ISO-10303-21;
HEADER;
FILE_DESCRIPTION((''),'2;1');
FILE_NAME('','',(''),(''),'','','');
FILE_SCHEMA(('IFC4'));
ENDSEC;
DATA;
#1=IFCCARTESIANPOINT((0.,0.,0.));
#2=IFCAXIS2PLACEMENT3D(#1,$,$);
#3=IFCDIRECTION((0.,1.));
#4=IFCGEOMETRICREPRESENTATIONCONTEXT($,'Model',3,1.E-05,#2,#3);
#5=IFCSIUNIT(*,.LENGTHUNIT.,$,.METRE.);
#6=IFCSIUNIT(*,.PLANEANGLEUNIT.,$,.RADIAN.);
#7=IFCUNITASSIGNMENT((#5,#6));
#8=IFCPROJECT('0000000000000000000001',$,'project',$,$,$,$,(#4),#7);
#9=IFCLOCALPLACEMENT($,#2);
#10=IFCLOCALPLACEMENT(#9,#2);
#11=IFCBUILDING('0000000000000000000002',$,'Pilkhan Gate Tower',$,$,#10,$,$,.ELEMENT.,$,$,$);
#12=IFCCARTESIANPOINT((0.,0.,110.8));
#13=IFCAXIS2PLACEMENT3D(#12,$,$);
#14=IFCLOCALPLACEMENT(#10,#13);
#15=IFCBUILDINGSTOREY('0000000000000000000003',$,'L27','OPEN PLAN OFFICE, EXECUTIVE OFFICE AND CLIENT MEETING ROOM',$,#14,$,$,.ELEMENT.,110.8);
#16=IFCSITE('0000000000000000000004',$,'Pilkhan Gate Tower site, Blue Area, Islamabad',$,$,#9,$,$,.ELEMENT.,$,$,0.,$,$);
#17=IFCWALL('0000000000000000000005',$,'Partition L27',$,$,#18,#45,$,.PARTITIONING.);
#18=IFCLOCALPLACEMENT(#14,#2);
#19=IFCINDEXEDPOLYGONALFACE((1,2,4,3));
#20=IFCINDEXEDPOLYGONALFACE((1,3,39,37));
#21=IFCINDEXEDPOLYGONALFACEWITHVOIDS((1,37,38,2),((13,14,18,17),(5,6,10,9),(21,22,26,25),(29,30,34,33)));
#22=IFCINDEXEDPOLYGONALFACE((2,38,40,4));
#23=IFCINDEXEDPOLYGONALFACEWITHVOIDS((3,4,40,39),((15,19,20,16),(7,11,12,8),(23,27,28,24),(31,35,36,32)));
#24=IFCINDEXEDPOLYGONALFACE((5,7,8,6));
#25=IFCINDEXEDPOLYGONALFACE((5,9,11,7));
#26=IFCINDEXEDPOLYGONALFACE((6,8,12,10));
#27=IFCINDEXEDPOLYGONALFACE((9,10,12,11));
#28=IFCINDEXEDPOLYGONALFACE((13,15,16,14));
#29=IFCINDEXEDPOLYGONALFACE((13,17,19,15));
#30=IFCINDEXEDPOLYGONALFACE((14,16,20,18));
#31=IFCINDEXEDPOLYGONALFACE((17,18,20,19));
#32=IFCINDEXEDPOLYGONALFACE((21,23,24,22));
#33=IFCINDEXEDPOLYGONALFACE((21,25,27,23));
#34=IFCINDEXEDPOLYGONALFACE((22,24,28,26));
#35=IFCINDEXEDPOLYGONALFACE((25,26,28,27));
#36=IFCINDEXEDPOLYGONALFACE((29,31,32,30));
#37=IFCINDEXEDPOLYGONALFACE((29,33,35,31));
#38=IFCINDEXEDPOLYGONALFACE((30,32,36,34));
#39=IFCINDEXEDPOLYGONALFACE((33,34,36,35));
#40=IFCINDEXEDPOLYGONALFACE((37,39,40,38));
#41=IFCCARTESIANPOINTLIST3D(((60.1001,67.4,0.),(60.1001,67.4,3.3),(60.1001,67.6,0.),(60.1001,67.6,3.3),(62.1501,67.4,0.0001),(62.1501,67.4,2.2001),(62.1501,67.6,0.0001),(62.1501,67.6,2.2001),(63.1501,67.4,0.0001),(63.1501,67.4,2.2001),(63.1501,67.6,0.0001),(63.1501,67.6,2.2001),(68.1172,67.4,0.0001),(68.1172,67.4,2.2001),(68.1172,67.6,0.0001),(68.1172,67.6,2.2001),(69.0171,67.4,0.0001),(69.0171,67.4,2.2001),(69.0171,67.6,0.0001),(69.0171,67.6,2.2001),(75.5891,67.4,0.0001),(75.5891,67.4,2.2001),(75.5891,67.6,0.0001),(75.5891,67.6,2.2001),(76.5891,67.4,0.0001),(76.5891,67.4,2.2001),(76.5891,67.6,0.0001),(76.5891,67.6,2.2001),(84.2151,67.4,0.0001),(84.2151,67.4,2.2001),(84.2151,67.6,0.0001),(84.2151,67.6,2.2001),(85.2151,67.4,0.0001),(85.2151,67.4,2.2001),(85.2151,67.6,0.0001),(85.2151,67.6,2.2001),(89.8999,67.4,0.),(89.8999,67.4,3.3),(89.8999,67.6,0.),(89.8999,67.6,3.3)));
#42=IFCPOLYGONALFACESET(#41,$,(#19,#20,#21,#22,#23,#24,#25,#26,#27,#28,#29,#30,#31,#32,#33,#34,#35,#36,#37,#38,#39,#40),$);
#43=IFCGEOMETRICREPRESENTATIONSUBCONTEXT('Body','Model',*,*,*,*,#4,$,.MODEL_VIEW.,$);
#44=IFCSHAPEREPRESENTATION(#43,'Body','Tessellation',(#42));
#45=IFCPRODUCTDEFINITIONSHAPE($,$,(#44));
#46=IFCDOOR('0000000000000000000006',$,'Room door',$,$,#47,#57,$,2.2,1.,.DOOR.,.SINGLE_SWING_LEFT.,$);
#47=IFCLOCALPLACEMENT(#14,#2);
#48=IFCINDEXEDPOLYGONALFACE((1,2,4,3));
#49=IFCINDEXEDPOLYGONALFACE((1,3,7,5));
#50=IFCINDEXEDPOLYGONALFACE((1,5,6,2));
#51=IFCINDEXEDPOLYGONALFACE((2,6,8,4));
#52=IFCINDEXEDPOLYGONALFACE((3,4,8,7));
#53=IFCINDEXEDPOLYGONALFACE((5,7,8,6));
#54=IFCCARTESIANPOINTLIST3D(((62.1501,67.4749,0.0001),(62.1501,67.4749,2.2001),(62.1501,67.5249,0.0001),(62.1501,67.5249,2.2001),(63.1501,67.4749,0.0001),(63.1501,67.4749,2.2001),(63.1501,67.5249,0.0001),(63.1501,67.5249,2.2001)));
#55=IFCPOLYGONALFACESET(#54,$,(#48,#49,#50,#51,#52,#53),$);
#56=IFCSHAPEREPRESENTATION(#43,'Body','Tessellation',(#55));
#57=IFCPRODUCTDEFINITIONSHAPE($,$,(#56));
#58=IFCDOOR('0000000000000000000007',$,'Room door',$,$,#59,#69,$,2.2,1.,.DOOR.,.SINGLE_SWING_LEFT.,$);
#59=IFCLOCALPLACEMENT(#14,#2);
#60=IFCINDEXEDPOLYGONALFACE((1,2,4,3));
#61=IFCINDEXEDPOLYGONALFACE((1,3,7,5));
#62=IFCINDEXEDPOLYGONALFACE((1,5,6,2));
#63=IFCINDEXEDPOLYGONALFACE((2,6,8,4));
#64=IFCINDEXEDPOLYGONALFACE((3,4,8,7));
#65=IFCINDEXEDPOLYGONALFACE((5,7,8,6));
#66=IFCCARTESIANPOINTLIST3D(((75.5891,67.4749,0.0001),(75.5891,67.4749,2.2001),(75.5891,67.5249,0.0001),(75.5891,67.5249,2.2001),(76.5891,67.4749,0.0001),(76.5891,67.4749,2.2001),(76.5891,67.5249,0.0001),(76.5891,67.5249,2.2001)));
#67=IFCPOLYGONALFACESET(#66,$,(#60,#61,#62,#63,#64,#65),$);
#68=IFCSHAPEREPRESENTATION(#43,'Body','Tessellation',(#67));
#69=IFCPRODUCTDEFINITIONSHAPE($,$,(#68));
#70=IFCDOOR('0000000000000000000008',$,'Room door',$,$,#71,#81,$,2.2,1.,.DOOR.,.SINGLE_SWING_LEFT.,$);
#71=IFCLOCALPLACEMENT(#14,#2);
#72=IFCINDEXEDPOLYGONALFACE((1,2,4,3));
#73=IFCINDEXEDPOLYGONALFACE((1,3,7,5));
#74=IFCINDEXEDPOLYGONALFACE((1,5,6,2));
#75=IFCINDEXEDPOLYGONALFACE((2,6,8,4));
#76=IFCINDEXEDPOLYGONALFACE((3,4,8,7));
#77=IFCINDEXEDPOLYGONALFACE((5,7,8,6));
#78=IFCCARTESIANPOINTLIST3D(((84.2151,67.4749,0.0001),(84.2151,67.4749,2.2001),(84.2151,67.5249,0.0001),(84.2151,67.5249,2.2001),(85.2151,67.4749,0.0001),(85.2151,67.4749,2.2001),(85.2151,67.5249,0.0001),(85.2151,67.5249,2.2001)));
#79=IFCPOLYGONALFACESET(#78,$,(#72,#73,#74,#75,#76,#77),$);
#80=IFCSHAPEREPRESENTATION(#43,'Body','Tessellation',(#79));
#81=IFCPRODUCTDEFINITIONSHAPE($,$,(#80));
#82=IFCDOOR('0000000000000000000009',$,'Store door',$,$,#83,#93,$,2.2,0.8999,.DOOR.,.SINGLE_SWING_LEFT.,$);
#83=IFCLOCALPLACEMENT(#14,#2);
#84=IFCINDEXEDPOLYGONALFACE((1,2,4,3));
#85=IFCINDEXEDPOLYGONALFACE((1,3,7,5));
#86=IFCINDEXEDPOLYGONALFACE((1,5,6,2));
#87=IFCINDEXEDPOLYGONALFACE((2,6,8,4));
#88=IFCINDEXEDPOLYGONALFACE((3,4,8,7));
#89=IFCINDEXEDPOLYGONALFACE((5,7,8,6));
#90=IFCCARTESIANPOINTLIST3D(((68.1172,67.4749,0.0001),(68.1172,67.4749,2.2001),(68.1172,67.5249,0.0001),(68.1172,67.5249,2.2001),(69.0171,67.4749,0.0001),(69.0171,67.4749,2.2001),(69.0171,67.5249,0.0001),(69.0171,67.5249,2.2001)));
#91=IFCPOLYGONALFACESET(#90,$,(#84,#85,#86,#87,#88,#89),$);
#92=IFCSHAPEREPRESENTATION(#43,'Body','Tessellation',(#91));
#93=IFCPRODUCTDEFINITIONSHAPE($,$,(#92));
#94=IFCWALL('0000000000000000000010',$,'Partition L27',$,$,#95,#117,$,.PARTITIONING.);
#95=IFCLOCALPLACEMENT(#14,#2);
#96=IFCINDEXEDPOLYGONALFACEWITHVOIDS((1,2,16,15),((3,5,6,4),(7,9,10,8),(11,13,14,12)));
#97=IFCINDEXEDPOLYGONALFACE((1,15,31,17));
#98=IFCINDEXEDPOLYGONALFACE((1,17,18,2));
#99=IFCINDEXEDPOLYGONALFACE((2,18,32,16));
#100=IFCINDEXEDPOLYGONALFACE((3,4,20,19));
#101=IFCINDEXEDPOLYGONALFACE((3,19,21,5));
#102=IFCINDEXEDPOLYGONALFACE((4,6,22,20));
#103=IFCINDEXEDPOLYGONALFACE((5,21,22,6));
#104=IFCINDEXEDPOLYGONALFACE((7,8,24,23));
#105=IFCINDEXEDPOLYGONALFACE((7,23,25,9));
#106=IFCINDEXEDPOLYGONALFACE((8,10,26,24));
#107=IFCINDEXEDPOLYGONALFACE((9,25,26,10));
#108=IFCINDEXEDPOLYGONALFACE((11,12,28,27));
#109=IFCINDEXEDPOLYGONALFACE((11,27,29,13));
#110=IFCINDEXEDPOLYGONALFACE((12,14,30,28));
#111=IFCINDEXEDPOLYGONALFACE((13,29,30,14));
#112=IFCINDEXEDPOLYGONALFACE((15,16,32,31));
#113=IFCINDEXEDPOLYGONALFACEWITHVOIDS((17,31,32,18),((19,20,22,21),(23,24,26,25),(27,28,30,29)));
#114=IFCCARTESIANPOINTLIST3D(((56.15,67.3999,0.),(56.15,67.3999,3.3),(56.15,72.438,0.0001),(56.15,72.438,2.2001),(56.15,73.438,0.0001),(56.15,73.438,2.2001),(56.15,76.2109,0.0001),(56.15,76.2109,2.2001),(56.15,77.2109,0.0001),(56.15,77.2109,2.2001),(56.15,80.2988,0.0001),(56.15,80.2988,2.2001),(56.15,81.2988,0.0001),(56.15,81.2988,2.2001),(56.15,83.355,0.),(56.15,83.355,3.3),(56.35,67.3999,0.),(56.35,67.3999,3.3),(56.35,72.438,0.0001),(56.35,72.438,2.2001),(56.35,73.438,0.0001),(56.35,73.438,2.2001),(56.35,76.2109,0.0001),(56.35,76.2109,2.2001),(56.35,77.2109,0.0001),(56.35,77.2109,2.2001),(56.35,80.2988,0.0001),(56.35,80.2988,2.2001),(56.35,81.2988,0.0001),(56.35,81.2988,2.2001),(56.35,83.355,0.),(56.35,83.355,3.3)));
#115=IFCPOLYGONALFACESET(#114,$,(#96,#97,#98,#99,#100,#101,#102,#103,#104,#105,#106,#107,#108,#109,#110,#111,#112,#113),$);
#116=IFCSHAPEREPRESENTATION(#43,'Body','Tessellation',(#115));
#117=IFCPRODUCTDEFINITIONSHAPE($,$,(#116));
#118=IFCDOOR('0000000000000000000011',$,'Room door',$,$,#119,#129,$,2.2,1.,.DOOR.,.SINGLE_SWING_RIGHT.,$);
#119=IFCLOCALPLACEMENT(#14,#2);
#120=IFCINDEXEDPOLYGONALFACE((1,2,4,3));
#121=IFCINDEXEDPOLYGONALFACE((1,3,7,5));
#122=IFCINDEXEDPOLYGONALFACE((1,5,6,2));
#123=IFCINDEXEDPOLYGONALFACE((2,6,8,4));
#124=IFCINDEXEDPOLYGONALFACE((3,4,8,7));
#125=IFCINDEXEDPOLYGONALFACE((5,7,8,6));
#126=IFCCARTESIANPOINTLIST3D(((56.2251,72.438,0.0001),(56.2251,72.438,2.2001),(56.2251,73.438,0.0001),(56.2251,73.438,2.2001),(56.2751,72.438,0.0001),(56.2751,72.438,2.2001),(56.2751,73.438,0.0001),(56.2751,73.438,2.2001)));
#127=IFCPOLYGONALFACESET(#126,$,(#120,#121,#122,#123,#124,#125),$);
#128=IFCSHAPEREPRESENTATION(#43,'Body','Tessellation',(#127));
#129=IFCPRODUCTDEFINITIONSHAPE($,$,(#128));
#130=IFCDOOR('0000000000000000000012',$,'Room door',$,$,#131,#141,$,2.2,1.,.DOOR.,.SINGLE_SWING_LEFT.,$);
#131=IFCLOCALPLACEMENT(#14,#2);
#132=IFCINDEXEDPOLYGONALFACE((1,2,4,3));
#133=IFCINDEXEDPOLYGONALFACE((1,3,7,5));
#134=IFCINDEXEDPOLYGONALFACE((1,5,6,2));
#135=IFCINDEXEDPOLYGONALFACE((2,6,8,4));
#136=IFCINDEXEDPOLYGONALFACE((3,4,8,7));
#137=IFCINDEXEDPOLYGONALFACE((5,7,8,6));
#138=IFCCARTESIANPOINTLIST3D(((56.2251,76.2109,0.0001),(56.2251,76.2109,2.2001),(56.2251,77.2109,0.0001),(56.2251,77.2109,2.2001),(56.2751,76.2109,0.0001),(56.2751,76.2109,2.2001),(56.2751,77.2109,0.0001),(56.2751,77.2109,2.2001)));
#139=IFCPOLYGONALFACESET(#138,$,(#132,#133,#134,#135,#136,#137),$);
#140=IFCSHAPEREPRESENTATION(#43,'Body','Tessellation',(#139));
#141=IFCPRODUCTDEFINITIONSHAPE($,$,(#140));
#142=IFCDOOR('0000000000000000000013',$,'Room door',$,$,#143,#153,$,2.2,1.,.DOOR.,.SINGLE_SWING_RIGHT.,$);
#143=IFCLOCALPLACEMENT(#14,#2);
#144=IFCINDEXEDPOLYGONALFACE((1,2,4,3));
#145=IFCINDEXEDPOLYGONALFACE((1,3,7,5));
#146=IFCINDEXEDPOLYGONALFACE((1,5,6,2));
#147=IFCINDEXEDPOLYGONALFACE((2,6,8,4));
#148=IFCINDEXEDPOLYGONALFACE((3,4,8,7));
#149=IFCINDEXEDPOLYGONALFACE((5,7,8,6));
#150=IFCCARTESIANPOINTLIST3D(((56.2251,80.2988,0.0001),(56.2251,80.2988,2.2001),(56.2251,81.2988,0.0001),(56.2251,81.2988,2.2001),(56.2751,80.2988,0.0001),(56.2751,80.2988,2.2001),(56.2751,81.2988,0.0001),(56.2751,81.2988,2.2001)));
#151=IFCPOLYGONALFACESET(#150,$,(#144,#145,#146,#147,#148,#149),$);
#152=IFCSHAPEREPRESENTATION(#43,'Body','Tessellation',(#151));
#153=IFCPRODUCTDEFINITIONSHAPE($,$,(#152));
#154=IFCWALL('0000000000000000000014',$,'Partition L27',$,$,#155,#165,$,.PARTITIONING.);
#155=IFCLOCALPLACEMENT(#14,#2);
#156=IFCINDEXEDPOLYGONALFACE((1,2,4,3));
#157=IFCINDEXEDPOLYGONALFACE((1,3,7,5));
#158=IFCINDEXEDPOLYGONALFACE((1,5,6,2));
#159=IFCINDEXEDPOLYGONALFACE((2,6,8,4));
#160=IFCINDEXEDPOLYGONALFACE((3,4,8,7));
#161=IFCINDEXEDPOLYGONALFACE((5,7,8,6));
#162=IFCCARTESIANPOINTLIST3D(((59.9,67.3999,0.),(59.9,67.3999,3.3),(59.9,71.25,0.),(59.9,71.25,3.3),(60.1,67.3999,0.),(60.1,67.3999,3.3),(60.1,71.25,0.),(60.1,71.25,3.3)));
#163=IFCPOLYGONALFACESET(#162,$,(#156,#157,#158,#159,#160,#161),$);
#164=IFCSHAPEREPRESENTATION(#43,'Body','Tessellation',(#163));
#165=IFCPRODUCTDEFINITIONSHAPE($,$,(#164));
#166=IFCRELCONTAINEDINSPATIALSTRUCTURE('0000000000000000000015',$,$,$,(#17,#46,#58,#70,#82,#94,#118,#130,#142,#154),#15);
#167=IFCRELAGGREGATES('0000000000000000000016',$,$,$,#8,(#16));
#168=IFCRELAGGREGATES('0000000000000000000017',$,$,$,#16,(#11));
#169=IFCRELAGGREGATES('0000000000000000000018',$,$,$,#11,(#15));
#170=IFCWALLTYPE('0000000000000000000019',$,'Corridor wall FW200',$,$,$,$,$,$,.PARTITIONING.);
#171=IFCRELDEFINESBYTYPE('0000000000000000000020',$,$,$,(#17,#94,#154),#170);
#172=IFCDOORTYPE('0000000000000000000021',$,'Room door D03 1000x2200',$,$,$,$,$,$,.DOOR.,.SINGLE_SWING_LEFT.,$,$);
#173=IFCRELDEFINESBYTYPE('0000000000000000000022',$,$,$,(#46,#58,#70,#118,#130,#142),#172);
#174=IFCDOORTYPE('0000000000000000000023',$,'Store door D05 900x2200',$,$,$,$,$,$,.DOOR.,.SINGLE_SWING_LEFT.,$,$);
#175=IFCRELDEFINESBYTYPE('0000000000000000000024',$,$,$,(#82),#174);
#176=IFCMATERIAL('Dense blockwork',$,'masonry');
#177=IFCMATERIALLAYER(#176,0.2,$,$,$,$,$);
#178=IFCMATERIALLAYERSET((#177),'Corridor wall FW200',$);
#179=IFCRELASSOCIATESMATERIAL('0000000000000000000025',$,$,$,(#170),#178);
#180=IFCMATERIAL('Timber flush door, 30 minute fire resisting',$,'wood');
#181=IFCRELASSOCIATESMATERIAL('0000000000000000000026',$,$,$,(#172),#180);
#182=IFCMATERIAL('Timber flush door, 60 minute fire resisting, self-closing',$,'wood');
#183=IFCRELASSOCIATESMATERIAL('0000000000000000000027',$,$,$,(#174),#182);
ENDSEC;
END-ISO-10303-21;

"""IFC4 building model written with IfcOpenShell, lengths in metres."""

from ifc_helpers import new_model, si_unit, direction, frame, frame_2d, origin, place, context, subcontext, project, spatial, rectangle, extrude, material, layer, layer_set, type_object, element, fill, save


model = new_model("IFC4")

# Units and contexts
model_context = context("Model", 3, precision=1e-05, world=origin(), true_north=direction((0.0, 1.0)))
body_context = subcontext(model_context, "Body", "Model", "MODEL_VIEW")
ifc_project = project(units=[si_unit("LENGTHUNIT", "METRE"), si_unit("PLANEANGLEUNIT", "RADIAN")], contexts=[model_context])

# Site, building, storey
site_placement = place(None, origin())
site = spatial("IfcSite", under=ifc_project, at=site_placement, Name="Pilkhan Gate Tower site, Blue Area, Islamabad", CompositionType="ELEMENT", RefElevation=0.0)
building_placement = place(site_placement, origin())
building = spatial("IfcBuilding", under=site, at=building_placement, Name="Pilkhan Gate Tower", CompositionType="ELEMENT")
storey_placement = place(building_placement, frame((0.0, 0.0, 110.8)))
storey = spatial("IfcBuildingStorey", under=building, at=storey_placement, Name="L27", Description="OPEN PLAN OFFICE, EXECUTIVE OFFICE AND CLIENT MEETING ROOM", CompositionType="ELEMENT", Elevation=110.8)

# Walls, openings, doors
ifc_material_1 = material(Name="Dense blockwork", Category="masonry")
ifc_layer_1 = layer(ifc_material_1, 0.2)
ifc_layer_set_1 = layer_set([ifc_layer_1], Name="Corridor wall FW200")
wall_type_1 = type_object("IfcWallType", Name="Corridor wall FW200", PredefinedType="PARTITIONING", material=ifc_layer_set_1)
wall_1_placement = place(storey_placement, frame((60.1001, 67.5, 0.0), z_axis=(0.0, 0.0, 1.0), x_axis=(1.0, 0.0, 0.0)))
wall_1 = element("IfcWall", 1, at=wall_1_placement, inside=storey, type_object=wall_type_1, Name="Partition L27", PredefinedType="PARTITIONING", context=body_context, shape_type="SweptSolid", body=[
    extrude(rectangle(XDim=29.7998, YDim=0.2, at=frame_2d((14.8999, 0.0))), origin(), (0.0, 0.0, 1.0), 3.3),
])
opening_1_placement = place(wall_1_placement, frame((2.05, 0.0, 0.0)))
opening_1 = element("IfcOpeningElement", 2, at=opening_1_placement, cuts=wall_1, PredefinedType="OPENING", context=body_context, shape_type="SweptSolid", body=[
    extrude(rectangle(XDim=1.0, YDim=2.2, at=frame_2d((0.5, 1.1001))), frame((0.0, 0.1099, 0.0), z_axis=(0.0, -1.0, 0.0), x_axis=(1.0, 0.0, 0.0)), (0.0, 0.0, 1.0), 0.22),
])
opening_2_placement = place(wall_1_placement, frame((8.0171, 0.0, 0.0)))
opening_2 = element("IfcOpeningElement", 3, at=opening_2_placement, cuts=wall_1, PredefinedType="OPENING", context=body_context, shape_type="SweptSolid", body=[
    extrude(rectangle(XDim=0.8999, YDim=2.2, at=frame_2d((0.45, 1.1001))), frame((0.0, 0.1099, 0.0), z_axis=(0.0, -1.0, 0.0), x_axis=(1.0, 0.0, 0.0)), (0.0, 0.0, 1.0), 0.22),
])
opening_3_placement = place(wall_1_placement, frame((15.489, 0.0, 0.0)))
opening_3 = element("IfcOpeningElement", 4, at=opening_3_placement, cuts=wall_1, PredefinedType="OPENING", context=body_context, shape_type="SweptSolid", body=[
    extrude(rectangle(XDim=1.0, YDim=2.2, at=frame_2d((0.5, 1.1001))), frame((0.0, 0.1099, 0.0), z_axis=(0.0, -1.0, 0.0), x_axis=(1.0, 0.0, 0.0)), (0.0, 0.0, 1.0), 0.22),
])
opening_4_placement = place(wall_1_placement, frame((24.115, 0.0, 0.0)))
opening_4 = element("IfcOpeningElement", 5, at=opening_4_placement, cuts=wall_1, PredefinedType="OPENING", context=body_context, shape_type="SweptSolid", body=[
    extrude(rectangle(XDim=1.0, YDim=2.2, at=frame_2d((0.5, 1.1001))), frame((0.0, 0.1099, 0.0), z_axis=(0.0, -1.0, 0.0), x_axis=(1.0, 0.0, 0.0)), (0.0, 0.0, 1.0), 0.22),
])
ifc_material_2 = material(Name="Timber flush door, 30 minute fire resisting", Category="wood")
door_type_1 = type_object("IfcDoorType", Name="Room door D03 1000x2200", OperationType="SINGLE_SWING_LEFT", PredefinedType="DOOR", material=ifc_material_2)
door_1_placement = place(opening_1_placement, origin())
door_1 = element("IfcDoor", 6, at=door_1_placement, inside=storey, type_object=door_type_1, Name="Room door", OperationType="SINGLE_SWING_LEFT", OverallHeight=2.2, OverallWidth=1.0, PredefinedType="DOOR", context=body_context, shape_type="SweptSolid", body=[
    extrude(rectangle(XDim=1.0, YDim=2.2, at=frame_2d((0.5, 1.1001))), frame((0.0, 0.0249, 0.0), z_axis=(0.0, -1.0, 0.0), x_axis=(1.0, 0.0, 0.0)), (0.0, 0.0, 1.0), 0.05),
])
fill(opening_1, door_1)
door_2_placement = place(opening_3_placement, origin())
door_2 = element("IfcDoor", 7, at=door_2_placement, inside=storey, type_object=door_type_1, Name="Room door", OperationType="SINGLE_SWING_LEFT", OverallHeight=2.2, OverallWidth=1.0, PredefinedType="DOOR", context=body_context, shape_type="SweptSolid", body=[
    extrude(rectangle(XDim=1.0, YDim=2.2, at=frame_2d((0.5, 1.1001))), frame((0.0, 0.0249, 0.0), z_axis=(0.0, -1.0, 0.0), x_axis=(1.0, 0.0, 0.0)), (0.0, 0.0, 1.0), 0.05),
])
fill(opening_3, door_2)
door_3_placement = place(opening_4_placement, origin())
door_3 = element("IfcDoor", 8, at=door_3_placement, inside=storey, type_object=door_type_1, Name="Room door", OperationType="SINGLE_SWING_LEFT", OverallHeight=2.2, OverallWidth=1.0, PredefinedType="DOOR", context=body_context, shape_type="SweptSolid", body=[
    extrude(rectangle(XDim=1.0, YDim=2.2, at=frame_2d((0.5, 1.1001))), frame((0.0, 0.0249, 0.0), z_axis=(0.0, -1.0, 0.0), x_axis=(1.0, 0.0, 0.0)), (0.0, 0.0, 1.0), 0.05),
])
fill(opening_4, door_3)
ifc_material_3 = material(Name="Timber flush door, 60 minute fire resisting, self-closing", Category="wood")
door_type_2 = type_object("IfcDoorType", Name="Store door D05 900x2200", OperationType="SINGLE_SWING_LEFT", PredefinedType="DOOR", material=ifc_material_3)
door_4_placement = place(opening_2_placement, origin())
door_4 = element("IfcDoor", 9, at=door_4_placement, inside=storey, type_object=door_type_2, Name="Store door", OperationType="SINGLE_SWING_LEFT", OverallHeight=2.2, OverallWidth=0.8999, PredefinedType="DOOR", context=body_context, shape_type="SweptSolid", body=[
    extrude(rectangle(XDim=0.8999, YDim=2.2, at=frame_2d((0.45, 1.1001))), frame((0.0, 0.0249, 0.0), z_axis=(0.0, -1.0, 0.0), x_axis=(1.0, 0.0, 0.0)), (0.0, 0.0, 1.0), 0.05),
])
fill(opening_2, door_4)
wall_2_placement = place(storey_placement, frame((56.25, 67.3999, 0.0), z_axis=(0.0, 0.0, 1.0), x_axis=(0.0, 1.0, 0.0)))
wall_2 = element("IfcWall", 10, at=wall_2_placement, inside=storey, type_object=wall_type_1, Name="Partition L27", PredefinedType="PARTITIONING", context=body_context, shape_type="SweptSolid", body=[
    extrude(rectangle(XDim=15.9551, YDim=0.2, at=frame_2d((7.9775, 0.0))), origin(), (0.0, 0.0, 1.0), 3.3),
])
opening_5_placement = place(wall_2_placement, frame((5.0381, 0.0, 0.0)))
opening_5 = element("IfcOpeningElement", 11, at=opening_5_placement, cuts=wall_2, PredefinedType="OPENING", context=body_context, shape_type="SweptSolid", body=[
    extrude(rectangle(XDim=1.0, YDim=2.2, at=frame_2d((0.5, 1.1001))), frame((0.0, 0.1099, 0.0), z_axis=(0.0, -1.0, 0.0), x_axis=(1.0, 0.0, 0.0)), (0.0, 0.0, 1.0), 0.22),
])
opening_6_placement = place(wall_2_placement, frame((8.811, 0.0, 0.0)))
opening_6 = element("IfcOpeningElement", 12, at=opening_6_placement, cuts=wall_2, PredefinedType="OPENING", context=body_context, shape_type="SweptSolid", body=[
    extrude(rectangle(XDim=1.0, YDim=2.2, at=frame_2d((0.5, 1.1001))), frame((0.0, 0.1099, 0.0), z_axis=(0.0, -1.0, 0.0), x_axis=(1.0, 0.0, 0.0)), (0.0, 0.0, 1.0), 0.22),
])
opening_7_placement = place(wall_2_placement, frame((12.8989, 0.0, 0.0)))
opening_7 = element("IfcOpeningElement", 13, at=opening_7_placement, cuts=wall_2, PredefinedType="OPENING", context=body_context, shape_type="SweptSolid", body=[
    extrude(rectangle(XDim=1.0, YDim=2.2, at=frame_2d((0.5, 1.1001))), frame((0.0, 0.1099, 0.0), z_axis=(0.0, -1.0, 0.0), x_axis=(1.0, 0.0, 0.0)), (0.0, 0.0, 1.0), 0.22),
])
door_5_placement = place(opening_5_placement, origin())
door_5 = element("IfcDoor", 14, at=door_5_placement, inside=storey, type_object=door_type_1, Name="Room door", OperationType="SINGLE_SWING_RIGHT", OverallHeight=2.2, OverallWidth=1.0, PredefinedType="DOOR", context=body_context, shape_type="SweptSolid", body=[
    extrude(rectangle(XDim=1.0, YDim=2.2, at=frame_2d((0.5, 1.1001))), frame((0.0, 0.0249, 0.0), z_axis=(0.0, -1.0, 0.0), x_axis=(1.0, 0.0, 0.0)), (0.0, 0.0, 1.0), 0.05),
])
fill(opening_5, door_5)
door_6_placement = place(opening_6_placement, origin())
door_6 = element("IfcDoor", 15, at=door_6_placement, inside=storey, type_object=door_type_1, Name="Room door", OperationType="SINGLE_SWING_LEFT", OverallHeight=2.2, OverallWidth=1.0, PredefinedType="DOOR", context=body_context, shape_type="SweptSolid", body=[
    extrude(rectangle(XDim=1.0, YDim=2.2, at=frame_2d((0.5, 1.1001))), frame((0.0, 0.0249, 0.0), z_axis=(0.0, -1.0, 0.0), x_axis=(1.0, 0.0, 0.0)), (0.0, 0.0, 1.0), 0.05),
])
fill(opening_6, door_6)
door_7_placement = place(opening_7_placement, origin())
door_7 = element("IfcDoor", 16, at=door_7_placement, inside=storey, type_object=door_type_1, Name="Room door", OperationType="SINGLE_SWING_RIGHT", OverallHeight=2.2, OverallWidth=1.0, PredefinedType="DOOR", context=body_context, shape_type="SweptSolid", body=[
    extrude(rectangle(XDim=1.0, YDim=2.2, at=frame_2d((0.5, 1.1001))), frame((0.0, 0.0249, 0.0), z_axis=(0.0, -1.0, 0.0), x_axis=(1.0, 0.0, 0.0)), (0.0, 0.0, 1.0), 0.05),
])
fill(opening_7, door_7)

# Wall
wall_3_placement = place(storey_placement, frame((60.0, 67.3999, 0.0), z_axis=(0.0, 0.0, 1.0), x_axis=(0.0, 1.0, 0.0)))
element("IfcWall", 17, at=wall_3_placement, inside=storey, type_object=wall_type_1, Name="Partition L27", PredefinedType="PARTITIONING", context=body_context, shape_type="SweptSolid", body=[
    extrude(rectangle(XDim=3.8501, YDim=0.2, at=frame_2d((1.925, 0.0))), origin(), (0.0, 0.0, 1.0), 3.3),
])

save(model, "model.ifc")
